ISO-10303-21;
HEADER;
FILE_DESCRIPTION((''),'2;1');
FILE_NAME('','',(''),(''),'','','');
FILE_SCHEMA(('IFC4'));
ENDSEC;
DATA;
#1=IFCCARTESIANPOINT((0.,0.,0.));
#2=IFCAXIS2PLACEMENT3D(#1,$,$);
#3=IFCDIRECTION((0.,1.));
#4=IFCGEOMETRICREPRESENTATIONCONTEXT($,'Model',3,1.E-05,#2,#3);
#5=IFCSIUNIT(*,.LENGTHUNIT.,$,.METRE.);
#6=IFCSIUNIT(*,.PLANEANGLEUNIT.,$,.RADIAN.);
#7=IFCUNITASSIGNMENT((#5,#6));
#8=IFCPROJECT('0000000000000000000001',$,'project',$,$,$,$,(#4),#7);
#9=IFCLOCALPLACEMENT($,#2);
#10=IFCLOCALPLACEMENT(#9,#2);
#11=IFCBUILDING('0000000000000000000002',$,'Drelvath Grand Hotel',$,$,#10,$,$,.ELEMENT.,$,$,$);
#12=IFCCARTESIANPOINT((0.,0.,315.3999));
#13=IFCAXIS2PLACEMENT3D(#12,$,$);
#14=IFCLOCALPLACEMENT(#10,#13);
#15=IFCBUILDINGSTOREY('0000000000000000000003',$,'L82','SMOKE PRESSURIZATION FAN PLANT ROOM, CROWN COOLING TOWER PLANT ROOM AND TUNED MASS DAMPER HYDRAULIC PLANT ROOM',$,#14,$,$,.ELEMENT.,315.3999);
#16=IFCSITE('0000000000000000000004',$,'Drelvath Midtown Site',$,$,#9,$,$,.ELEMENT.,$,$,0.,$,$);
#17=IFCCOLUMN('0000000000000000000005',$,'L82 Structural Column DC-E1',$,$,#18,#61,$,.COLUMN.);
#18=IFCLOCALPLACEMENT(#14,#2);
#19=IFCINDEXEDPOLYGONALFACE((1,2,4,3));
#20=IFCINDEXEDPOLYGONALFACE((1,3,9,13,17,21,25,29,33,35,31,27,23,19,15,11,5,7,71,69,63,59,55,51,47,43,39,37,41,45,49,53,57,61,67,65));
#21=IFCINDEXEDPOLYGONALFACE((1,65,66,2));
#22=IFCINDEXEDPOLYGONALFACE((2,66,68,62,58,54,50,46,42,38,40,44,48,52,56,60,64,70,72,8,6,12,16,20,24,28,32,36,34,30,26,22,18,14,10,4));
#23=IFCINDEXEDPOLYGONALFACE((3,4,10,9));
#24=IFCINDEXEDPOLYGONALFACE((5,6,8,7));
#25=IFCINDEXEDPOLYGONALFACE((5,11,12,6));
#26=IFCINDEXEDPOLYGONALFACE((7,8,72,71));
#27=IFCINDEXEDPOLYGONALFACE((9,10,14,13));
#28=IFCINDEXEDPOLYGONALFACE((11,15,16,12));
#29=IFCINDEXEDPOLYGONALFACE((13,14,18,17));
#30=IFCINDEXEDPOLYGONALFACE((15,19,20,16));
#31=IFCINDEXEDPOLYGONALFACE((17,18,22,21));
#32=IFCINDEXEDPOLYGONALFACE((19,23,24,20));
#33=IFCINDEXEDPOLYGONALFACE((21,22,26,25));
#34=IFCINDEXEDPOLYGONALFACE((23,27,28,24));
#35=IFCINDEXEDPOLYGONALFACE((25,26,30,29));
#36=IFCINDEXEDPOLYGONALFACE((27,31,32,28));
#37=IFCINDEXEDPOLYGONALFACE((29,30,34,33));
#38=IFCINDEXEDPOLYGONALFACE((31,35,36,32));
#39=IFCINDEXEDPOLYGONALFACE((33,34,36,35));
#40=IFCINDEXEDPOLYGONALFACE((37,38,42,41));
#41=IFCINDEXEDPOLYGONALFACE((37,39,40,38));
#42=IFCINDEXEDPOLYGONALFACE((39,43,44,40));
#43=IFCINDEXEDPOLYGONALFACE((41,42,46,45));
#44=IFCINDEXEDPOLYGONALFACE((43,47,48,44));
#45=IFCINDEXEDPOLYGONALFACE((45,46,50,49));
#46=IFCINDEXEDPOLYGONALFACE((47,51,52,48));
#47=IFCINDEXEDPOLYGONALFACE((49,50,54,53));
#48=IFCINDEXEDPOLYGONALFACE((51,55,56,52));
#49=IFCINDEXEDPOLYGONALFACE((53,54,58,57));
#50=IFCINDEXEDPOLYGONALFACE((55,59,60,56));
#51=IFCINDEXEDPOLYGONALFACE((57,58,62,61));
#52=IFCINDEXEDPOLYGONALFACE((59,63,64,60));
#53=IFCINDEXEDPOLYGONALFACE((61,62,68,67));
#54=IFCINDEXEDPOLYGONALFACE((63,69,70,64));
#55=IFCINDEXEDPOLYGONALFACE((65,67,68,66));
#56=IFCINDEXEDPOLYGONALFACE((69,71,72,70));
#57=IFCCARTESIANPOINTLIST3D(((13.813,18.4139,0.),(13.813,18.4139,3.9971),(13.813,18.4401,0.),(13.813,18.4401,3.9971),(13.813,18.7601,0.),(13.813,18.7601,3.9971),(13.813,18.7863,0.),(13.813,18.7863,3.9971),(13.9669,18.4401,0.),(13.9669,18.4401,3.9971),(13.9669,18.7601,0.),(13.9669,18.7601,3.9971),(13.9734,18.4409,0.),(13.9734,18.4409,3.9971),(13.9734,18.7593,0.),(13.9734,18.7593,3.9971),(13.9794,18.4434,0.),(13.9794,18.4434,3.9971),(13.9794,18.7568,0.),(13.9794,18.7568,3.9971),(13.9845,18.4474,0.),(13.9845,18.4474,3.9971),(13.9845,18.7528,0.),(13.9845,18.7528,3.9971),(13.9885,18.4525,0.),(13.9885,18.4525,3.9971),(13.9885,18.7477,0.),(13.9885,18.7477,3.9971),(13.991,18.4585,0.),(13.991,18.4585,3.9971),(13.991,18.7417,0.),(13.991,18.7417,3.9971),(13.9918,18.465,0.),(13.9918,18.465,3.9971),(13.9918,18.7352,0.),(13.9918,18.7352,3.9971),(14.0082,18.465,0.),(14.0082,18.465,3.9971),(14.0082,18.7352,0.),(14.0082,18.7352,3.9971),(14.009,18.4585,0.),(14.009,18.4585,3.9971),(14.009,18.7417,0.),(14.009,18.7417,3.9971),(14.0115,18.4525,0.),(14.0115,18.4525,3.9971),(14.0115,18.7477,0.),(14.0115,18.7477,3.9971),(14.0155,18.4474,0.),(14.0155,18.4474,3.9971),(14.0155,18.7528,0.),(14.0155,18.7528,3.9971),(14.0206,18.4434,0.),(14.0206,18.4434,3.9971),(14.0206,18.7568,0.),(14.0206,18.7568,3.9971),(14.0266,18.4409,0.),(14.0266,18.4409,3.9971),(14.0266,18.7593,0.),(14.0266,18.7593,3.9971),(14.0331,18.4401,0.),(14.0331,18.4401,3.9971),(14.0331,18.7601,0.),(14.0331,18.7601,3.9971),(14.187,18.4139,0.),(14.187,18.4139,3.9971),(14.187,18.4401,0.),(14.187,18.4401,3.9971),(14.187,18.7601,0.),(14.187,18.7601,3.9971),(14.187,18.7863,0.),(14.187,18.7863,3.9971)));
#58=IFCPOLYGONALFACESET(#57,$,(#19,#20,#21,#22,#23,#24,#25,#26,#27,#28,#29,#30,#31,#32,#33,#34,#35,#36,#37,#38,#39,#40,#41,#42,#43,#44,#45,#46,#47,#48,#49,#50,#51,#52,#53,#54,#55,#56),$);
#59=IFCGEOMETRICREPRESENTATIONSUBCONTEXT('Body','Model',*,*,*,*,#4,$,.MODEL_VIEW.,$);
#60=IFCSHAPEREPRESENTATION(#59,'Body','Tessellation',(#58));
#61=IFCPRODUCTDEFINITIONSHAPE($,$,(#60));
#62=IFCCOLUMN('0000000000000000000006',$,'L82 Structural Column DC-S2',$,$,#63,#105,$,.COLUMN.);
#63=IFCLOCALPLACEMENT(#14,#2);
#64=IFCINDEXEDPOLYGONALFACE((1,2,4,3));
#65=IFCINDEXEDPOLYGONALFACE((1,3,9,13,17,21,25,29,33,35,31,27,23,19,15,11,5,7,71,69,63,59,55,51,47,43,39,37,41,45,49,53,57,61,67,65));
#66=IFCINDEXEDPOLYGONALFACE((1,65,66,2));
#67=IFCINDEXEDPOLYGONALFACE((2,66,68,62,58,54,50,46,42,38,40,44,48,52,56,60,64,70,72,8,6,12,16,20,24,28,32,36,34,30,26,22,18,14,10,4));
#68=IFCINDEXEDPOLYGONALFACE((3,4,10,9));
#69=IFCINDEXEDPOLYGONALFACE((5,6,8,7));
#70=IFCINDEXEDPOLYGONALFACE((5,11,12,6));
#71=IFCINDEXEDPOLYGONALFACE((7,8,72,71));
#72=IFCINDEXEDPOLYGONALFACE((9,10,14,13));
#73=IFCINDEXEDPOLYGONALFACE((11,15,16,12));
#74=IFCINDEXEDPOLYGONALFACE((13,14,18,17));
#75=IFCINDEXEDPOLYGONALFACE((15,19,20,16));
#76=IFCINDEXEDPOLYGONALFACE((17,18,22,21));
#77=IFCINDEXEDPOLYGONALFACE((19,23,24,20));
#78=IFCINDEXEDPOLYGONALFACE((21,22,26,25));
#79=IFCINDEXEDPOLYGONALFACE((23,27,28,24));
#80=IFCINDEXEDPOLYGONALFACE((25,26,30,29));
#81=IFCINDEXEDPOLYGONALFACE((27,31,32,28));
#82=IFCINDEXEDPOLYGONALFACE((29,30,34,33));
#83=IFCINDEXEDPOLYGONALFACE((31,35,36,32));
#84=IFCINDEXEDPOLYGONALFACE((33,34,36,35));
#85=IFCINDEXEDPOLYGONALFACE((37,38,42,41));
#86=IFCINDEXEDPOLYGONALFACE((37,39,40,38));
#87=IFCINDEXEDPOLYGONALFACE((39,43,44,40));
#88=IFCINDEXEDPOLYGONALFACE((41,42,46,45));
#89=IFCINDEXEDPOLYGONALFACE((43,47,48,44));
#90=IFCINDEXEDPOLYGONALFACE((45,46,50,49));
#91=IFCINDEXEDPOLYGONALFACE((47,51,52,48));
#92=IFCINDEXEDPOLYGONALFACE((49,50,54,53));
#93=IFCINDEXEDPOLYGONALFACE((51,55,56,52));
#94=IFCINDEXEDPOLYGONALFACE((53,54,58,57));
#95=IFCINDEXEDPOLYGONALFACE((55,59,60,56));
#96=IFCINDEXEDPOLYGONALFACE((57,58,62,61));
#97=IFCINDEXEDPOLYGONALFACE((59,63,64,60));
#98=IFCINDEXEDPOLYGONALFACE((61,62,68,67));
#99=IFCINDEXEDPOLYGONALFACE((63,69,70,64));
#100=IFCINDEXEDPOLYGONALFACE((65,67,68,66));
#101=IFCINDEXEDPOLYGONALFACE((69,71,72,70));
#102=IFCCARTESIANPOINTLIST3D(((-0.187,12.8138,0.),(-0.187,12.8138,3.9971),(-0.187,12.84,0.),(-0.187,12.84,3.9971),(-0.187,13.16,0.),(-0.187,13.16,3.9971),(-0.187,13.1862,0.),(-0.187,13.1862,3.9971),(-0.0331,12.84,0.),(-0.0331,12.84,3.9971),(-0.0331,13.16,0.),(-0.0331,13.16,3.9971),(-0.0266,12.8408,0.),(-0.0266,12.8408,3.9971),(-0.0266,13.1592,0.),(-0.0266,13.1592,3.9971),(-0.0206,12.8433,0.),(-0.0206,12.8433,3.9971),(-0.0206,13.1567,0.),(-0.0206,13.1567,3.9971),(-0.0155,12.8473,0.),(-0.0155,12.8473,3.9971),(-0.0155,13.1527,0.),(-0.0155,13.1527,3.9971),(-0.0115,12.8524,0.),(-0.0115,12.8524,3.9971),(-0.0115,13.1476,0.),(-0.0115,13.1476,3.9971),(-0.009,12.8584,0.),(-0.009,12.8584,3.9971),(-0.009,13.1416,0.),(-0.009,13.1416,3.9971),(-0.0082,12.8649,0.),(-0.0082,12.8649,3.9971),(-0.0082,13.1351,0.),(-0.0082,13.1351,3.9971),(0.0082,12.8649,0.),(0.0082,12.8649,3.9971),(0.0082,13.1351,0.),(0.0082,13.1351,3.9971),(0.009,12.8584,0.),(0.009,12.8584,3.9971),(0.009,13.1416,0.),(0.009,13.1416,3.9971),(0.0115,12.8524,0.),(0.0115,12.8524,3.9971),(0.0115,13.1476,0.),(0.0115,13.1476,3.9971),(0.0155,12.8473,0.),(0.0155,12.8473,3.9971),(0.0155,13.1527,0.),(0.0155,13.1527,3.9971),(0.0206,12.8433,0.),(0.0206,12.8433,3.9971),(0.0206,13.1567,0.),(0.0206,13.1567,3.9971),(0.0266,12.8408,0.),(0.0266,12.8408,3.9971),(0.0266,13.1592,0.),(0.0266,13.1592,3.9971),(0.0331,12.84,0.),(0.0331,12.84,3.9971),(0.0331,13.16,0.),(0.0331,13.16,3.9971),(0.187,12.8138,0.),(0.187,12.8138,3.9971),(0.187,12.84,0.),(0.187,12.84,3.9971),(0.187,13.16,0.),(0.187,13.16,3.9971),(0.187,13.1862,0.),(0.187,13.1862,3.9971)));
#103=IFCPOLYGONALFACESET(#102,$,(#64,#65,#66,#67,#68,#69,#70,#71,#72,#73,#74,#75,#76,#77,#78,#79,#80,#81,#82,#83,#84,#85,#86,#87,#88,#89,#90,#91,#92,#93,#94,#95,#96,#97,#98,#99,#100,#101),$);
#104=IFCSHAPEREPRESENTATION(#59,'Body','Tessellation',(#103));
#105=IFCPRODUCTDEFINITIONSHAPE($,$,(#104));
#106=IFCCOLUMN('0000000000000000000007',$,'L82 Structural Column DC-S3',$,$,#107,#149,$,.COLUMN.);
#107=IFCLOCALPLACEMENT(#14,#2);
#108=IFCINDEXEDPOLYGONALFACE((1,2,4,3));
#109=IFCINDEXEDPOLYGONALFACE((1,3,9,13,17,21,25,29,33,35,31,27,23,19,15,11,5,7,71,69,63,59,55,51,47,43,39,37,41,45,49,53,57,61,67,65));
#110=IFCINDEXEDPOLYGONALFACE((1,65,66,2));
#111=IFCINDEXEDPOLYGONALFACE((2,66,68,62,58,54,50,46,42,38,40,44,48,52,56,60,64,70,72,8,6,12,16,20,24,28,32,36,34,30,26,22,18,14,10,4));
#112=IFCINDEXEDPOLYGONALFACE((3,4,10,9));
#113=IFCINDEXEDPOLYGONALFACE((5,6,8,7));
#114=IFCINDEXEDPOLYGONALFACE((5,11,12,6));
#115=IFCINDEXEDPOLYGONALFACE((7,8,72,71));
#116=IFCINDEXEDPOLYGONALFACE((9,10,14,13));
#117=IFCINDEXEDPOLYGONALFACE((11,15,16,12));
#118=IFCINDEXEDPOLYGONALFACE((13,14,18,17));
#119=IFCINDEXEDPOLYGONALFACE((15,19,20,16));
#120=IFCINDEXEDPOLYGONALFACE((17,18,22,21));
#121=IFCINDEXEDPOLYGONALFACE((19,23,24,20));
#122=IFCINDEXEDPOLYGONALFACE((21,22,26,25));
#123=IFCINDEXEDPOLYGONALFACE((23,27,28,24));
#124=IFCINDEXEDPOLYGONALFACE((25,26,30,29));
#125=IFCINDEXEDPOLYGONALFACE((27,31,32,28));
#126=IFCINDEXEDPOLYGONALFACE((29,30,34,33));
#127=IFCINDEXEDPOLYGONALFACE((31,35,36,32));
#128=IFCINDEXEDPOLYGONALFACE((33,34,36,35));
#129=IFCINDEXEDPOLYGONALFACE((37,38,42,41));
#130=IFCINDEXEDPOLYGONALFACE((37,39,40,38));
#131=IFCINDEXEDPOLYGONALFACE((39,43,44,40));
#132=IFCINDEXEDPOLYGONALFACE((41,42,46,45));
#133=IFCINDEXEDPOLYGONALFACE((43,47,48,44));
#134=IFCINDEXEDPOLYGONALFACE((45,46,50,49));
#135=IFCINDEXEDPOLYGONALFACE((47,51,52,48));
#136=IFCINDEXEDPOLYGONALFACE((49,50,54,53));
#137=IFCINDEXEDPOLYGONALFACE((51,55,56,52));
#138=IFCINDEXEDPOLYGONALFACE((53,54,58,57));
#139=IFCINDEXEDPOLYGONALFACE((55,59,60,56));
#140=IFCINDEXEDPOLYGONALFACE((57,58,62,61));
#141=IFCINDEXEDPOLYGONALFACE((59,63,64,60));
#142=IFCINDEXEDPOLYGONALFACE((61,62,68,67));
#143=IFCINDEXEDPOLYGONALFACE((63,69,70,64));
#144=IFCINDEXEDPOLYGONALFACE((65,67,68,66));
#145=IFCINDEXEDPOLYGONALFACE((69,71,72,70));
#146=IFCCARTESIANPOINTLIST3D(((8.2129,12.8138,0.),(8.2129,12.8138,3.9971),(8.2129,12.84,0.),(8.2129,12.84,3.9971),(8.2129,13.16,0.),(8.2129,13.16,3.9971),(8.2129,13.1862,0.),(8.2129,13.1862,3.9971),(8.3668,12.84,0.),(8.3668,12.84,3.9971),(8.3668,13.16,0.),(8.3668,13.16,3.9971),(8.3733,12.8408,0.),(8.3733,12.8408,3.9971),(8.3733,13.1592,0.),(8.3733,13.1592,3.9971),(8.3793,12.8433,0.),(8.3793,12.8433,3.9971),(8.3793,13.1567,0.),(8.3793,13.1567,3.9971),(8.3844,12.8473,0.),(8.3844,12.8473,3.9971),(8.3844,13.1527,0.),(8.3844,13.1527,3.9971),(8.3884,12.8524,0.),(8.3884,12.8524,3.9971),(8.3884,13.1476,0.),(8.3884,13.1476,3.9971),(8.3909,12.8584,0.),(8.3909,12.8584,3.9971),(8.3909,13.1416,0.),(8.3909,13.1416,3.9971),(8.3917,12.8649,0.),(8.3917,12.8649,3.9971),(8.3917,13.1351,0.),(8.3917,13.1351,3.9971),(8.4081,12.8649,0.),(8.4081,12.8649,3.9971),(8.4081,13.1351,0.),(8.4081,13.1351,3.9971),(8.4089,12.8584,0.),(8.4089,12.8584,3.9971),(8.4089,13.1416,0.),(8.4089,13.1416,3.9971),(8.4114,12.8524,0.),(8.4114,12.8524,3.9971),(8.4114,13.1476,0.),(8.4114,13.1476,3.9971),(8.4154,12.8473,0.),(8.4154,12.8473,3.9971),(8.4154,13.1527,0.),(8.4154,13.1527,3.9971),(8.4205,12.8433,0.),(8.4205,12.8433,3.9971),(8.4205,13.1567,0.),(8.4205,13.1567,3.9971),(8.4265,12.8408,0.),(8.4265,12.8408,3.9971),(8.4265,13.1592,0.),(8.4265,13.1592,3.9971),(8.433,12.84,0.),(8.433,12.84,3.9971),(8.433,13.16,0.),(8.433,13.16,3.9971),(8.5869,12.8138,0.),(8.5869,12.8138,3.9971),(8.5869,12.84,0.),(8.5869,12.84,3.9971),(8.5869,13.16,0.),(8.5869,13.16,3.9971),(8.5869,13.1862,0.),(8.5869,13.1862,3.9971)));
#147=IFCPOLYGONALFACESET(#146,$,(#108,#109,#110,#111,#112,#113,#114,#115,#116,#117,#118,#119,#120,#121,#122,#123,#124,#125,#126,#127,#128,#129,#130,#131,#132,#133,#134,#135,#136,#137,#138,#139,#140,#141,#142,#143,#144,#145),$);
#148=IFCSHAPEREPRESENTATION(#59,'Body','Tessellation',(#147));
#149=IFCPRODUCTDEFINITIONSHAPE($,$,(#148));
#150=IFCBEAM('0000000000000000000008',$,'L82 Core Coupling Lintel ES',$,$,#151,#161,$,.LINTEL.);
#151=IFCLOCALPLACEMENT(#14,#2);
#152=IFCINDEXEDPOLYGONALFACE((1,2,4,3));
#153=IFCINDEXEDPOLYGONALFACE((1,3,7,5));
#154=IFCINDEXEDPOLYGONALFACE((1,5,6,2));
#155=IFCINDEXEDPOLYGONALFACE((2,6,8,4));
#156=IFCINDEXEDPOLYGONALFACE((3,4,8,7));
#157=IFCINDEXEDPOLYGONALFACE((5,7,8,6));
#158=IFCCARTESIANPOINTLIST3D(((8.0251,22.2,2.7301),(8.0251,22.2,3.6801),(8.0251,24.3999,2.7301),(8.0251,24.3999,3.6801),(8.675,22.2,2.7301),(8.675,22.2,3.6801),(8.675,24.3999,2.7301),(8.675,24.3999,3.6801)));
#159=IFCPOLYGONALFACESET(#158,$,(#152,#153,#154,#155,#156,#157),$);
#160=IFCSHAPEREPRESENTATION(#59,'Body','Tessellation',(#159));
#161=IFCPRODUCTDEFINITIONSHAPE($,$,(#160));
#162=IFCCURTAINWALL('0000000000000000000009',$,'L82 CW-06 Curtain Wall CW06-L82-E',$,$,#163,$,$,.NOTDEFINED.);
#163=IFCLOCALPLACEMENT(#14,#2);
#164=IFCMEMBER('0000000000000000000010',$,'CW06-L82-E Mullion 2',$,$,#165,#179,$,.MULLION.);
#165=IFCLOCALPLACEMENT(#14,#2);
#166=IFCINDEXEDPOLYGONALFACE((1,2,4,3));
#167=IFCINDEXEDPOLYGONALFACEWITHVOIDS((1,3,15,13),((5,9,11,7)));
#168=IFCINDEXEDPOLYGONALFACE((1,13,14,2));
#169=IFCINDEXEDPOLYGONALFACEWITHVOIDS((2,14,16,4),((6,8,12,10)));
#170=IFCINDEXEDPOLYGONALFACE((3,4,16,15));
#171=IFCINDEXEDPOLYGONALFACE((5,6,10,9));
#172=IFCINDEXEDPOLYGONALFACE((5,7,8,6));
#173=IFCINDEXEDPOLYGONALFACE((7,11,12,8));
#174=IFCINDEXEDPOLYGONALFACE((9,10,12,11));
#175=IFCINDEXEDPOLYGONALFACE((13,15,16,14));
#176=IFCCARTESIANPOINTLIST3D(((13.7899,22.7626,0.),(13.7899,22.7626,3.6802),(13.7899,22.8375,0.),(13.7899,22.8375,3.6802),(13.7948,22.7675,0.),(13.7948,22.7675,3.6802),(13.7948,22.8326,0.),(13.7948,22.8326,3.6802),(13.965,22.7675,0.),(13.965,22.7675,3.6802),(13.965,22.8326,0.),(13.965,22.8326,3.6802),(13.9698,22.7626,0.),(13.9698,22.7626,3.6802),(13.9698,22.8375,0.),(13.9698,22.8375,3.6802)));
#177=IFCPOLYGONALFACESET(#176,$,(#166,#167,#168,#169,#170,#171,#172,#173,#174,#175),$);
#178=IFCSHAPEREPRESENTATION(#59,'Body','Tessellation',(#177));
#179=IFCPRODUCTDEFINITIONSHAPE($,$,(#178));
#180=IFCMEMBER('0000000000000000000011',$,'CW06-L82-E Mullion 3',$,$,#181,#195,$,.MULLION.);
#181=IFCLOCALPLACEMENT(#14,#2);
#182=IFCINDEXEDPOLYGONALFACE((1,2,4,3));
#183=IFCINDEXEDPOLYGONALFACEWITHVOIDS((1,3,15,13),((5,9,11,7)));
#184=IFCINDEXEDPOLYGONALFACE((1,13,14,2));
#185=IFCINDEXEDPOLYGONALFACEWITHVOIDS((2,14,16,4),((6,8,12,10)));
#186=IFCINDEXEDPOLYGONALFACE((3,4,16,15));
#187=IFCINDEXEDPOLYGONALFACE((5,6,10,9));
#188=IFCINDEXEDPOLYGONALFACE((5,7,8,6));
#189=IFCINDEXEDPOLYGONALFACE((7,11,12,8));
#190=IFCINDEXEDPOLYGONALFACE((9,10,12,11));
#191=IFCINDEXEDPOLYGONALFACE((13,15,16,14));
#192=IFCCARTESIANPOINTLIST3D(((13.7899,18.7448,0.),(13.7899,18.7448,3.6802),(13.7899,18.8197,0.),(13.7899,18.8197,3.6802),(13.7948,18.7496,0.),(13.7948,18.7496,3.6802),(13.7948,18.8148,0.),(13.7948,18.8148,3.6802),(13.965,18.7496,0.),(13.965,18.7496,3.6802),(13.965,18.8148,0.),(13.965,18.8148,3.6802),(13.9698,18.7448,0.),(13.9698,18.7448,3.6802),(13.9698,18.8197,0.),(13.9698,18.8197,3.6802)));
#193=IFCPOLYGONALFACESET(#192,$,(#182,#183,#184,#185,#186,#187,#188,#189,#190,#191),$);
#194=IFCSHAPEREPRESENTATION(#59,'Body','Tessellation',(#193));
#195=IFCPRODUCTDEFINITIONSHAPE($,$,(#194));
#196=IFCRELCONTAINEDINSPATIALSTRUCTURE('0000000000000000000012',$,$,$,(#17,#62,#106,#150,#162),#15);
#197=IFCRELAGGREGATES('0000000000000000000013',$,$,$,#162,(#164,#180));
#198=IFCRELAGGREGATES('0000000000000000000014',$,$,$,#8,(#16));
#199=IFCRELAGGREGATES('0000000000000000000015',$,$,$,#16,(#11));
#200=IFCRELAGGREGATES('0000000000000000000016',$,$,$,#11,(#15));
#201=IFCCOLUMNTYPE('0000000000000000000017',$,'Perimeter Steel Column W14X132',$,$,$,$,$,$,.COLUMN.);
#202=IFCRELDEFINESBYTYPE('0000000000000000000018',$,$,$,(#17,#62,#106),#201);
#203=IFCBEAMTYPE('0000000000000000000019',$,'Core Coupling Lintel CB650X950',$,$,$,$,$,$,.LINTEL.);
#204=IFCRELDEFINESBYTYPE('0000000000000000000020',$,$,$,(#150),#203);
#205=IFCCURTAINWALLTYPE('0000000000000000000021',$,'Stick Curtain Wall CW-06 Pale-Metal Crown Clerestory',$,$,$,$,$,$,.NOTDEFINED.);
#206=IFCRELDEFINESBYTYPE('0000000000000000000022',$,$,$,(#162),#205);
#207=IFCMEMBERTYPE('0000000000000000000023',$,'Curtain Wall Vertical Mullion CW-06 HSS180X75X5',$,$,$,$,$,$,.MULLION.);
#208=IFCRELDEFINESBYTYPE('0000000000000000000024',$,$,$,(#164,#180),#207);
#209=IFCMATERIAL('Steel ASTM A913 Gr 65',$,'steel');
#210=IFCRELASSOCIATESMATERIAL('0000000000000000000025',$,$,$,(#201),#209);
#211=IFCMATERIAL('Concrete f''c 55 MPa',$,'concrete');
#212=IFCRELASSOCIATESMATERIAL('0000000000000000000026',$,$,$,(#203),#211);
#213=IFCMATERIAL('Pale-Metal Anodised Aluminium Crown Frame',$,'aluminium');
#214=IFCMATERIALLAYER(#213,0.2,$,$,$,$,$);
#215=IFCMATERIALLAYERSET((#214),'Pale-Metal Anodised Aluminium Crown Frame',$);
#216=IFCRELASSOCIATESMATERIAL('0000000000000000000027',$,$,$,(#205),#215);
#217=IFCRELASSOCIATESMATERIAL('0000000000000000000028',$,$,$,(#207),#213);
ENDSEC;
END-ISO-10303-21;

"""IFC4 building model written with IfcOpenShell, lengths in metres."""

from ifc_helpers import new_model, si_unit, direction, frame, origin, origin_2d, place, context, subcontext, project, spatial, rectangle, hollow_rectangle, i_section, extrude, material, layer, layer_set, material_profile, profile_set, type_object, element, aggregate, save


model = new_model("IFC4")

# Units and contexts
model_context = context("Model", 3, precision=1e-05, world=origin(), true_north=direction((0.0, 1.0)))
body_context = subcontext(model_context, "Body", "Model", "MODEL_VIEW")
ifc_project = project(units=[si_unit("LENGTHUNIT", "METRE"), si_unit("PLANEANGLEUNIT", "RADIAN")], contexts=[model_context])

# Site, building, storey
site_placement = place(None, origin())
site = spatial("IfcSite", under=ifc_project, at=site_placement, Name="Drelvath Midtown Site", CompositionType="ELEMENT", RefElevation=0.0)
building_placement = place(site_placement, origin())
building = spatial("IfcBuilding", under=site, at=building_placement, Name="Drelvath Grand Hotel", CompositionType="ELEMENT")
storey_placement = place(building_placement, frame((0.0, 0.0, 315.3999)))
storey = spatial("IfcBuildingStorey", under=building, at=storey_placement, Name="L82", Description="SMOKE PRESSURIZATION FAN PLANT ROOM, CROWN COOLING TOWER PLANT ROOM AND TUNED MASS DAMPER HYDRAULIC PLANT ROOM", CompositionType="ELEMENT", Elevation=315.3999)

# Columns
ifc_material_1 = material(Name="Steel ASTM A913 Gr 65", Category="steel")
ifc_material_profile_1 = material_profile(ifc_material_1, i_section(OverallWidth=0.374, OverallDepth=0.3723, WebThickness=0.0164, FlangeThickness=0.0261, FilletRadius=0.0249, at=origin_2d()), Name="W14X132")
ifc_profile_set_1 = profile_set([ifc_material_profile_1], Name="Steel ASTM A913 Gr 65")
column_type = type_object("IfcColumnType", Name="Perimeter Steel Column W14X132", PredefinedType="COLUMN", material=ifc_profile_set_1)
for number, where, z_axis, x_axis, name in (
    (1, (14.0, 18.6001, 0.0), (0.0, 0.0, 1.0), (1.0, 0.0, 0.0), "L82 Structural Column DC-E1"),
    (2, (0.0, 13.0, 0.0), (0.0, 0.0, 1.0), (1.0, 0.0, 0.0), "L82 Structural Column DC-S2"),
    (3, (8.3999, 13.0, 0.0), (0.0, 0.0, 1.0), (1.0, 0.0, 0.0), "L82 Structural Column DC-S3"),
):
    element("IfcColumn", number, at=place(storey_placement, frame(where, z_axis=z_axis, x_axis=x_axis)), inside=storey, type_object=column_type, Name=name, PredefinedType="COLUMN", context=body_context, shape_type="SweptSolid", body=[
        extrude(i_section(OverallWidth=0.374, OverallDepth=0.3723, WebThickness=0.0164, FlangeThickness=0.0261, FilletRadius=0.0249, at=origin_2d()), origin(), (0.0, 0.0, 1.0), 3.9971),
    ])

# Beam
ifc_material_2 = material(Name="Concrete f'c 55 MPa", Category="concrete")
ifc_material_profile_2 = material_profile(ifc_material_2, rectangle(XDim=0.6499, YDim=0.95, at=origin_2d()), Name="CB650X950")
ifc_profile_set_2 = profile_set([ifc_material_profile_2], Name="Concrete f'c 55 MPa")
beam_type_1 = type_object("IfcBeamType", Name="Core Coupling Lintel CB650X950", PredefinedType="LINTEL", material=ifc_profile_set_2)
beam_1_placement = place(storey_placement, frame((8.3501, 22.2, 3.2051), z_axis=(0.0, 1.0, 0.0), x_axis=(-1.0, 0.0, 0.0)))
element("IfcBeam", 4, at=beam_1_placement, inside=storey, type_object=beam_type_1, Name="L82 Core Coupling Lintel ES", PredefinedType="LINTEL", context=body_context, shape_type="SweptSolid", body=[
    extrude(rectangle(XDim=0.6499, YDim=0.95, at=origin_2d()), origin(), (0.0, 0.0, 1.0), 2.2),
])

# Curtain wall, members
ifc_material_3 = material(Name="Pale-Metal Anodised Aluminium Crown Frame", Category="aluminium")
ifc_layer_1 = layer(ifc_material_3, 0.2)
ifc_layer_set_1 = layer_set([ifc_layer_1], Name="Pale-Metal Anodised Aluminium Crown Frame")
curtain_wall_type = type_object("IfcCurtainWallType", Name="Stick Curtain Wall CW-06 Pale-Metal Crown Clerestory", PredefinedType="NOTDEFINED", material=ifc_layer_set_1)
curtain_wall_placement = place(storey_placement, origin())
curtain_wall = element("IfcCurtainWall", 5, at=curtain_wall_placement, inside=storey, type_object=curtain_wall_type, Name="L82 CW-06 Curtain Wall CW06-L82-E", PredefinedType="NOTDEFINED")
ifc_material_profile_3 = material_profile(ifc_material_3, hollow_rectangle(XDim=0.075, YDim=0.1799, WallThickness=0.0049, at=origin_2d()), Name="HSS180X75X5")
ifc_profile_set_3 = profile_set([ifc_material_profile_3], Name="Pale-Metal Anodised Aluminium Crown Frame")
member_type = type_object("IfcMemberType", Name="Curtain Wall Vertical Mullion CW-06 HSS180X75X5", PredefinedType="MULLION", material=ifc_profile_set_3)
member_1_placement = place(storey_placement, frame((13.8799, 22.8, 0.0), z_axis=(0.0, 0.0, 1.0), x_axis=(0.0, 1.0, 0.0)))
member_1 = element("IfcMember", 6, at=member_1_placement, type_object=member_type, Name="CW06-L82-E Mullion 2", PredefinedType="MULLION", context=body_context, shape_type="SweptSolid", body=[
    extrude(hollow_rectangle(XDim=0.075, YDim=0.1799, WallThickness=0.0049, at=origin_2d()), origin(), (0.0, 0.0, 1.0), 3.6802),
])
member_2_placement = place(storey_placement, frame((13.8799, 18.7822, 0.0), z_axis=(0.0, 0.0, 1.0), x_axis=(0.0, 1.0, 0.0)))
member_2 = element("IfcMember", 7, at=member_2_placement, type_object=member_type, Name="CW06-L82-E Mullion 3", PredefinedType="MULLION", context=body_context, shape_type="SweptSolid", body=[
    extrude(hollow_rectangle(XDim=0.075, YDim=0.1799, WallThickness=0.0049, at=origin_2d()), origin(), (0.0, 0.0, 1.0), 3.6802),
])

aggregate(curtain_wall, [member_1, member_2])

save(model, "model.ifc")
